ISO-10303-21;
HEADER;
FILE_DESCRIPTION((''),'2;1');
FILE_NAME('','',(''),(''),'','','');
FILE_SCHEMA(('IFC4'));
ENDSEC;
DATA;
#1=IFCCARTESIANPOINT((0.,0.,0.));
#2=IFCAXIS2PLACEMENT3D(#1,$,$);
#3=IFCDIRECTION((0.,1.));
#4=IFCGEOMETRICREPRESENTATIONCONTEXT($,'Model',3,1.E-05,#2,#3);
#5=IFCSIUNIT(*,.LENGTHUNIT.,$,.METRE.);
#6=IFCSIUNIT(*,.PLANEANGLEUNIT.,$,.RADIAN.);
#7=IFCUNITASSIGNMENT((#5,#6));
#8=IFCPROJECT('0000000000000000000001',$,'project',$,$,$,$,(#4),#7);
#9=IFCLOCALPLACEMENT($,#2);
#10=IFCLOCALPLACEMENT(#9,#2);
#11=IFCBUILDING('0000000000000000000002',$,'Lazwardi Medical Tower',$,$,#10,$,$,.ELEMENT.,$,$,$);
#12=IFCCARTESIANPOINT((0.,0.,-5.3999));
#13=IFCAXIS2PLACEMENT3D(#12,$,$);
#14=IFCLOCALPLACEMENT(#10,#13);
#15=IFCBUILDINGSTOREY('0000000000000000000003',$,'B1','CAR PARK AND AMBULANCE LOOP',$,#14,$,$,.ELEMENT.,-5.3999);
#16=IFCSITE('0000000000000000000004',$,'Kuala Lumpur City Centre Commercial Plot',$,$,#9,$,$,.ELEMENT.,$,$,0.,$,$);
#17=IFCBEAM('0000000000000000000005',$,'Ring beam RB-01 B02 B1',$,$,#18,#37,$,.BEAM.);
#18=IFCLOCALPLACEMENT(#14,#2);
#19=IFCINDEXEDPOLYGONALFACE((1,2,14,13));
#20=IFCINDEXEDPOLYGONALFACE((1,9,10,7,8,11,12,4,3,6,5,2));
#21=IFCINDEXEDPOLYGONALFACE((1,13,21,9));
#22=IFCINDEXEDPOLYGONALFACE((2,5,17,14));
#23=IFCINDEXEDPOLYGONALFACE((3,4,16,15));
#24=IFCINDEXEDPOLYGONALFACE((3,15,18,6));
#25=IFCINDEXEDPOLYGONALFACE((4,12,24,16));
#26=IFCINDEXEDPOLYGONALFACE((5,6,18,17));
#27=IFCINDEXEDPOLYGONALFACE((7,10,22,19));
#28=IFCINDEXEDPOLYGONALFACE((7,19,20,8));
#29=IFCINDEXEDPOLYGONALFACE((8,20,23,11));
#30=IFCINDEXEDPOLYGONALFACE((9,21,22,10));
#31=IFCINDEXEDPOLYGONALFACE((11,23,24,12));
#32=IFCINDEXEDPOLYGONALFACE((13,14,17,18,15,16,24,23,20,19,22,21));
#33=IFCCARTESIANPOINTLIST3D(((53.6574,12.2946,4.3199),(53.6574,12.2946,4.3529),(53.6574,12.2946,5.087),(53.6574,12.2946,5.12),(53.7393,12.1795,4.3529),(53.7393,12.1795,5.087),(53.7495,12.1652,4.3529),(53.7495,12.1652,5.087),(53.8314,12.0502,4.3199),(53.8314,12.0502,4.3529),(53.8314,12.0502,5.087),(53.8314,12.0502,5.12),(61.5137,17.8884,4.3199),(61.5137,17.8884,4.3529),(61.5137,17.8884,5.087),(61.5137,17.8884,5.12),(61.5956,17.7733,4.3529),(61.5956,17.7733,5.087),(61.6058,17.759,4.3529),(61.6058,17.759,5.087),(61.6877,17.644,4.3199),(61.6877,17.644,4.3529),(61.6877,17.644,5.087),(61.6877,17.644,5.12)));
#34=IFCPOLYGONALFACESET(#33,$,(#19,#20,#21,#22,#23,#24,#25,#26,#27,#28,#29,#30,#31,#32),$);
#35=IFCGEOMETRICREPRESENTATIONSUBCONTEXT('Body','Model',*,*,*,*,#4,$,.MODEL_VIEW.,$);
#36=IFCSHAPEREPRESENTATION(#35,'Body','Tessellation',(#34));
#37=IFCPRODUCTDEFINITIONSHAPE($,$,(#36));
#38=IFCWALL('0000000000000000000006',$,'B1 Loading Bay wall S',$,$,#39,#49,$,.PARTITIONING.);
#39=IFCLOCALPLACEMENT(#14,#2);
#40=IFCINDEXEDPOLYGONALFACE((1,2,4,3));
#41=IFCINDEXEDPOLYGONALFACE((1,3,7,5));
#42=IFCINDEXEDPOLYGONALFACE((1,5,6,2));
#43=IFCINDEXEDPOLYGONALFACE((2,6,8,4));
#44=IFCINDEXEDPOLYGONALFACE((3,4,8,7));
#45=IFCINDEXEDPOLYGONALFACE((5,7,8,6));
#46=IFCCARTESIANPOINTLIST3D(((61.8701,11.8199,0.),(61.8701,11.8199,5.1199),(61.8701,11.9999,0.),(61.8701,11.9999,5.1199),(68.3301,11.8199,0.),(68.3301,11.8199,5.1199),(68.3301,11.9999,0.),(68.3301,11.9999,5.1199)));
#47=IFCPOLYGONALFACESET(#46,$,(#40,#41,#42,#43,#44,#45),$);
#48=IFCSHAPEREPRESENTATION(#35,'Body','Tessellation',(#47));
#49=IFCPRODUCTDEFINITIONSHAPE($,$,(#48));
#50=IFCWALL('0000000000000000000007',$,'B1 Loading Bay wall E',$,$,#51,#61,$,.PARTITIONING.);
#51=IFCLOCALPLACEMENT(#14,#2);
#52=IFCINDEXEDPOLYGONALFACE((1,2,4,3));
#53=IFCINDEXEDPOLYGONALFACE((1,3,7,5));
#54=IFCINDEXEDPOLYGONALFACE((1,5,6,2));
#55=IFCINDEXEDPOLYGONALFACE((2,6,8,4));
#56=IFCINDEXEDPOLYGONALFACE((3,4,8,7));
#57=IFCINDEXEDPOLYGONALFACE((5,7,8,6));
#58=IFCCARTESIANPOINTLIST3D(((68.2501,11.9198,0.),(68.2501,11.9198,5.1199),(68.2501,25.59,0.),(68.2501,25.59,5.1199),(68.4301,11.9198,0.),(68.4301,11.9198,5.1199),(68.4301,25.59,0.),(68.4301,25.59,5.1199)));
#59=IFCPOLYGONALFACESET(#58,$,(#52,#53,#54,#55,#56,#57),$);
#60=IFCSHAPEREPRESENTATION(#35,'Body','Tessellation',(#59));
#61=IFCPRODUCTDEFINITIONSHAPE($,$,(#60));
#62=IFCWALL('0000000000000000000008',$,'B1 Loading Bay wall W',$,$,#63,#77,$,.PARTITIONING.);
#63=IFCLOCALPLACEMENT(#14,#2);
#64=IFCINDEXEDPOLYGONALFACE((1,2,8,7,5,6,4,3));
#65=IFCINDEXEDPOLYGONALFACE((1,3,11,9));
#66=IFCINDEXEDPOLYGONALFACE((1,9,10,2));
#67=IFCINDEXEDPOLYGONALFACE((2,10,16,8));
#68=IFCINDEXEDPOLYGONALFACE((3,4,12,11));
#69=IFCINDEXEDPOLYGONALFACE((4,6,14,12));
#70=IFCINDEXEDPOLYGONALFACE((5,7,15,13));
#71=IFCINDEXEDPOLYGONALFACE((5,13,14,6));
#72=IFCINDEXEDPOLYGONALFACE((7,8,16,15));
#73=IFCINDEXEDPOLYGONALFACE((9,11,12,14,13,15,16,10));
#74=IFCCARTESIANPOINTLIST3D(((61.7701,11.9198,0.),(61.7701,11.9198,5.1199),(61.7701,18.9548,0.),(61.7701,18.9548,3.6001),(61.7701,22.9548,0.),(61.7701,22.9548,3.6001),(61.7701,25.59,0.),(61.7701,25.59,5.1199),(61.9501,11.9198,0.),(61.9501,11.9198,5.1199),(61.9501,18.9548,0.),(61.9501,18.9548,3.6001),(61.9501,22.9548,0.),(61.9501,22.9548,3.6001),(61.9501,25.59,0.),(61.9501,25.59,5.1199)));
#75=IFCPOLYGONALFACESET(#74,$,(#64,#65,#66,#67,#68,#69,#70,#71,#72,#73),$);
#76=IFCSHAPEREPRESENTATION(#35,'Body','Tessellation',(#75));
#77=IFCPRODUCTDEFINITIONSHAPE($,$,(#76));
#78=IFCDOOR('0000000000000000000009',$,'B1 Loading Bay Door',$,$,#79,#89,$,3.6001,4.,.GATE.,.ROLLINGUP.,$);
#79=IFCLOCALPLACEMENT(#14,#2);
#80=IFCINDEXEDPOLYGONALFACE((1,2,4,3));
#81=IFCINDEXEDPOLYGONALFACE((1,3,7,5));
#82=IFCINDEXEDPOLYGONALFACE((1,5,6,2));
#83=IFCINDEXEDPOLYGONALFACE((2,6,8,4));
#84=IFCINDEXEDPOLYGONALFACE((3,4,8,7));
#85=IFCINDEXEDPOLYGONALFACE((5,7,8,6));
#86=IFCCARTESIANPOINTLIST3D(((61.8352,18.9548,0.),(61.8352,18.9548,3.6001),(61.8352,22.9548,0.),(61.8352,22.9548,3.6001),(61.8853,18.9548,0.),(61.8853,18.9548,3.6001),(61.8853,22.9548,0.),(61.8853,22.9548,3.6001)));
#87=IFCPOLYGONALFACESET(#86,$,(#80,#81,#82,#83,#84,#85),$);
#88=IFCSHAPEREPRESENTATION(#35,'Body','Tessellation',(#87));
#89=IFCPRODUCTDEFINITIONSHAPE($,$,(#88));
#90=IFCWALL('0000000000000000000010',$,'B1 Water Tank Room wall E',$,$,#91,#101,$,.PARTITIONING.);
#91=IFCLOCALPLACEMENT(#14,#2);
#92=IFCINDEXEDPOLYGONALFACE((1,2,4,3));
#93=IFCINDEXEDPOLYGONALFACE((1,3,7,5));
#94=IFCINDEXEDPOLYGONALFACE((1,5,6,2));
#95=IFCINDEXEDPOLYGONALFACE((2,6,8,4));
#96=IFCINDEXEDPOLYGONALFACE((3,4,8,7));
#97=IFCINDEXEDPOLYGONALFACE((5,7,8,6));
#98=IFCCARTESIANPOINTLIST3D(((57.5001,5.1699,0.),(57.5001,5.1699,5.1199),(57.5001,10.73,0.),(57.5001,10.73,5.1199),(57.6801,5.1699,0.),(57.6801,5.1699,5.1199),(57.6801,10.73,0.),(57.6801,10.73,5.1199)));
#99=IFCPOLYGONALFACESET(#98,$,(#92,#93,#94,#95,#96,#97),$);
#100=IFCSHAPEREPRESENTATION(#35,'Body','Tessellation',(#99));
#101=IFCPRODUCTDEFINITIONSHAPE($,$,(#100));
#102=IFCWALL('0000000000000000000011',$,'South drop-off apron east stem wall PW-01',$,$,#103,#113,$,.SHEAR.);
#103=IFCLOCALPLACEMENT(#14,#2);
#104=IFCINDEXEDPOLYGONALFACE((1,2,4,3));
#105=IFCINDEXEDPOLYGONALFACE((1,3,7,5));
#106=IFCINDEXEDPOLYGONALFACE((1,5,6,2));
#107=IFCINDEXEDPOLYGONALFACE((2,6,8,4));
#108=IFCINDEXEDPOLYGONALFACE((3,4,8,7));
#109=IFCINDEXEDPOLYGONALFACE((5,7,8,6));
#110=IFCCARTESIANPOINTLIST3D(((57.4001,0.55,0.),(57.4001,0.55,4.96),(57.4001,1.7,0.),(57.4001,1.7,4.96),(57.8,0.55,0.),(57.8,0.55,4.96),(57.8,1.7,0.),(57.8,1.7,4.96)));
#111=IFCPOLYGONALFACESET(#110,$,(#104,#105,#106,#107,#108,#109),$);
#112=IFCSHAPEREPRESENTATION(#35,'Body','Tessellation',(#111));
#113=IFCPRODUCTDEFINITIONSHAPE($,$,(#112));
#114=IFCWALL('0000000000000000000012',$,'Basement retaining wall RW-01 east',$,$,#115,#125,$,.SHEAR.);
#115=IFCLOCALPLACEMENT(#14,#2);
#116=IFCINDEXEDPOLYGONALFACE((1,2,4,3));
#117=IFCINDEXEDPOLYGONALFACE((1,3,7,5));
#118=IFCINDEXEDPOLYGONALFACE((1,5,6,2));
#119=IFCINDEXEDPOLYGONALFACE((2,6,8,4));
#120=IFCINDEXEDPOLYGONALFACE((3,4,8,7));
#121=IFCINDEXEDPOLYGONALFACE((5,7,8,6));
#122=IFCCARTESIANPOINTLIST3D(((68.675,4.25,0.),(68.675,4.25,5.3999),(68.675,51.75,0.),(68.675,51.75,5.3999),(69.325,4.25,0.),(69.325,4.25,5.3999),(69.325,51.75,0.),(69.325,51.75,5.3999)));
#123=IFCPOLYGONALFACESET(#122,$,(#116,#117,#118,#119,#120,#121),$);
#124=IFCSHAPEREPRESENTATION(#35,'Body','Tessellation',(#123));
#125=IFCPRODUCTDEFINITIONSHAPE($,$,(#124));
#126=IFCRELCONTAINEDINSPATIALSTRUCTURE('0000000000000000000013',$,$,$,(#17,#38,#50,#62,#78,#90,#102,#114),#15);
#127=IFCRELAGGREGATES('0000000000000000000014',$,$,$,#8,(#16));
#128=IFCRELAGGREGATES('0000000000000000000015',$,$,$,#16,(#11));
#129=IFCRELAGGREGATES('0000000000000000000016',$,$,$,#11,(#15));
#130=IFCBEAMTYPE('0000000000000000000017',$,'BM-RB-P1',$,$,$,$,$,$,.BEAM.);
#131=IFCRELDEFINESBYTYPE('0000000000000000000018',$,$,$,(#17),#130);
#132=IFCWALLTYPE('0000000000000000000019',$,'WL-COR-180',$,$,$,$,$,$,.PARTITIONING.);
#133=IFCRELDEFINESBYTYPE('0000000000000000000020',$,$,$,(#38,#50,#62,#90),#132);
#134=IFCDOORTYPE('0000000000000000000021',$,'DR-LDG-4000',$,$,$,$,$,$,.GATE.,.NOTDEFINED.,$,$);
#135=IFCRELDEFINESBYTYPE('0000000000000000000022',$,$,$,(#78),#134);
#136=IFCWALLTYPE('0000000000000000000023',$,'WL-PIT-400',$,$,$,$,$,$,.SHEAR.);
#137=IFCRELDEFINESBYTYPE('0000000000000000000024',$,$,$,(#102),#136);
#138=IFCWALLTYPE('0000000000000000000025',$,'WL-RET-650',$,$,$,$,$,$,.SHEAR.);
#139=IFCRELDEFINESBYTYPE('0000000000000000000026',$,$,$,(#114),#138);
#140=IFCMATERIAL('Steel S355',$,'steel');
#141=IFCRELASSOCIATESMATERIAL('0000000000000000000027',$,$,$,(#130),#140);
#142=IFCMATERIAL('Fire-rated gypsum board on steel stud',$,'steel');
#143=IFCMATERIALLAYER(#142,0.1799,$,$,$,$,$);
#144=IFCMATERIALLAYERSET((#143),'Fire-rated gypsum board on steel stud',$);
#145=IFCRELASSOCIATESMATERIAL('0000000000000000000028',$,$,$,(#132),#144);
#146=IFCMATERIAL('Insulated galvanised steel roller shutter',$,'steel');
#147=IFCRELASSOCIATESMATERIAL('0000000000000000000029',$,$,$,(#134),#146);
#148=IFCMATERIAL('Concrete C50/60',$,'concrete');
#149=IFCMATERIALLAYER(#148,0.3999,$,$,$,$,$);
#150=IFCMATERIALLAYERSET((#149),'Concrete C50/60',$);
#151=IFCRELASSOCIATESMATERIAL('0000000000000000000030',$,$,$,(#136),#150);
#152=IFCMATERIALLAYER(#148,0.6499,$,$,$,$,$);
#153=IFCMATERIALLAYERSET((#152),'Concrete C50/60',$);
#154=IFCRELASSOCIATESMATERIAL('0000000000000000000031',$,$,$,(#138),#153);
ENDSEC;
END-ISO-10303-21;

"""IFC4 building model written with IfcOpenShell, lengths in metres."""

from ifc_helpers import new_model, si_unit, direction, frame, frame_2d, origin, origin_2d, place, context, subcontext, project, spatial, rectangle, i_section, extrude, material, layer, layer_set, material_profile, profile_set, type_object, element, fill, save


model = new_model("IFC4")

# Units and contexts
model_context = context("Model", 3, precision=1e-05, world=origin(), true_north=direction((0.0, 1.0)))
body_context = subcontext(model_context, "Body", "Model", "MODEL_VIEW")
ifc_project = project(units=[si_unit("LENGTHUNIT", "METRE"), si_unit("PLANEANGLEUNIT", "RADIAN")], contexts=[model_context])

# Site, building, storey
site_placement = place(None, origin())
site = spatial("IfcSite", under=ifc_project, at=site_placement, Name="Kuala Lumpur City Centre Commercial Plot", CompositionType="ELEMENT", RefElevation=0.0)
building_placement = place(site_placement, origin())
building = spatial("IfcBuilding", under=site, at=building_placement, Name="Lazwardi Medical Tower", CompositionType="ELEMENT")
storey_placement = place(building_placement, frame((0.0, 0.0, -5.3999)))
storey = spatial("IfcBuildingStorey", under=building, at=storey_placement, Name="B1", Description="CAR PARK AND AMBULANCE LOOP", CompositionType="ELEMENT", Elevation=-5.3999)

# Shared definitions
ifc_material_1 = material(Name="Concrete C50/60", Category="concrete")

# Beam
ifc_material_2 = material(Name="Steel S355", Category="steel")
ifc_material_profile_1 = material_profile(ifc_material_2, i_section(OverallWidth=0.3, OverallDepth=0.8, WebThickness=0.0176, FlangeThickness=0.033, at=origin_2d()), Name="HEB 800")
ifc_profile_set_1 = profile_set([ifc_material_profile_1], Name="Steel S355")
beam_type = type_object("IfcBeamType", Name="BM-RB-P1", PredefinedType="BEAM", material=ifc_profile_set_1)
beam_placement = place(storey_placement, frame((53.7444, 12.1724, 4.72), z_axis=(0.814607, 0.580014, 0.0), x_axis=(-0.580014, 0.814607, 0.0)))
element("IfcBeam", 1, at=beam_placement, inside=storey, type_object=beam_type, Name="Ring beam RB-01 B02 B1", PredefinedType="BEAM", context=body_context, shape_type="SweptSolid", body=[
    extrude(i_section(OverallWidth=0.3, OverallDepth=0.8, WebThickness=0.0176, FlangeThickness=0.033, at=origin_2d()), origin(), (0.0, 0.0, 1.0), 9.6443),
])

# Walls
ifc_material_3 = material(Name="Fire-rated gypsum board on steel stud", Category="steel")
ifc_layer_1 = layer(ifc_material_3, 0.1799)
ifc_layer_set_1 = layer_set([ifc_layer_1], Name="Fire-rated gypsum board on steel stud")
wall_type_1 = type_object("IfcWallType", Name="WL-COR-180", PredefinedType="PARTITIONING", material=ifc_layer_set_1)
wall_1_placement = place(storey_placement, frame((61.8701, 11.9099, 0.0), z_axis=(0.0, 0.0, 1.0), x_axis=(1.0, 0.0, 0.0)))
element("IfcWall", 2, at=wall_1_placement, inside=storey, type_object=wall_type_1, Name="B1 Loading Bay wall S", PredefinedType="PARTITIONING", context=body_context, shape_type="SweptSolid", body=[
    extrude(rectangle(XDim=6.46, YDim=0.1799, at=frame_2d((3.23, 0.0))), origin(), (0.0, 0.0, 1.0), 5.1199),
])
wall_2_placement = place(storey_placement, frame((68.3401, 11.9199, 0.0), z_axis=(0.0, 0.0, 1.0), x_axis=(0.0, 1.0, 0.0)))
element("IfcWall", 3, at=wall_2_placement, inside=storey, type_object=wall_type_1, Name="B1 Loading Bay wall E", PredefinedType="PARTITIONING", context=body_context, shape_type="SweptSolid", body=[
    extrude(rectangle(XDim=13.6702, YDim=0.1799, at=frame_2d((6.835, 0.0))), origin(), (0.0, 0.0, 1.0), 5.1199),
])

# Wall, opening, door
wall_3_placement = place(storey_placement, frame((61.8601, 11.9199, 0.0), z_axis=(0.0, 0.0, 1.0), x_axis=(0.0, 1.0, 0.0)))
wall_3 = element("IfcWall", 4, at=wall_3_placement, inside=storey, type_object=wall_type_1, Name="B1 Loading Bay wall W", PredefinedType="PARTITIONING", context=body_context, shape_type="SweptSolid", body=[
    extrude(rectangle(XDim=13.6702, YDim=0.1799, at=frame_2d((6.835, 0.0))), origin(), (0.0, 0.0, 1.0), 5.1199),
])
opening_placement = place(wall_3_placement, frame((7.0349, 0.0, 0.0)))
opening = element("IfcOpeningElement", 5, at=opening_placement, cuts=wall_3, PredefinedType="OPENING", context=body_context, shape_type="SweptSolid", body=[
    extrude(rectangle(XDim=4.0, YDim=3.6001, at=frame_2d((2.0, 1.8))), frame((0.0, 0.0999, 0.0), z_axis=(0.0, -1.0, 0.0), x_axis=(1.0, 0.0, 0.0)), (0.0, 0.0, 1.0), 0.2),
])
ifc_material_4 = material(Name="Insulated galvanised steel roller shutter", Category="steel")
door_type = type_object("IfcDoorType", Name="DR-LDG-4000", OperationType="NOTDEFINED", PredefinedType="GATE", material=ifc_material_4)
door_placement = place(opening_placement, origin())
door = element("IfcDoor", 6, at=door_placement, inside=storey, type_object=door_type, Name="B1 Loading Bay Door", OperationType="ROLLINGUP", OverallHeight=3.6001, OverallWidth=4.0, PredefinedType="GATE", context=body_context, shape_type="SweptSolid", body=[
    extrude(rectangle(XDim=4.0, YDim=3.6001, at=frame_2d((2.0, 1.8))), frame((0.0, 0.0249, 0.0), z_axis=(0.0, -1.0, 0.0), x_axis=(1.0, 0.0, 0.0)), (0.0, 0.0, 1.0), 0.05),
])
fill(opening, door)

# Walls
wall_4_placement = place(storey_placement, frame((57.5901, 5.1699, 0.0), z_axis=(0.0, 0.0, 1.0), x_axis=(0.0, 1.0, 0.0)))
element("IfcWall", 7, at=wall_4_placement, inside=storey, type_object=wall_type_1, Name="B1 Water Tank Room wall E", PredefinedType="PARTITIONING", context=body_context, shape_type="SweptSolid", body=[
    extrude(rectangle(XDim=5.5601, YDim=0.1799, at=frame_2d((2.78, 0.0))), origin(), (0.0, 0.0, 1.0), 5.1199),
])
ifc_layer_2 = layer(ifc_material_1, 0.3999)
ifc_layer_set_2 = layer_set([ifc_layer_2], Name="Concrete C50/60")
wall_type_2 = type_object("IfcWallType", Name="WL-PIT-400", PredefinedType="SHEAR", material=ifc_layer_set_2)
wall_5_placement = place(storey_placement, frame((57.6001, 0.55, 0.0), z_axis=(0.0, 0.0, 1.0), x_axis=(0.0, 1.0, 0.0)))
element("IfcWall", 8, at=wall_5_placement, inside=storey, type_object=wall_type_2, Name="South drop-off apron east stem wall PW-01", PredefinedType="SHEAR", context=body_context, shape_type="SweptSolid", body=[
    extrude(rectangle(XDim=1.1499, YDim=0.3999, at=frame_2d((0.575, 0.0))), origin(), (0.0, 0.0, 1.0), 4.96),
])
ifc_layer_3 = layer(ifc_material_1, 0.6499)
ifc_layer_set_3 = layer_set([ifc_layer_3], Name="Concrete C50/60")
wall_type_3 = type_object("IfcWallType", Name="WL-RET-650", PredefinedType="SHEAR", material=ifc_layer_set_3)
wall_6_placement = place(storey_placement, frame((69.0, 4.25, 0.0), z_axis=(0.0, 0.0, 1.0), x_axis=(0.0, 1.0, 0.0)))
element("IfcWall", 9, at=wall_6_placement, inside=storey, type_object=wall_type_3, Name="Basement retaining wall RW-01 east", PredefinedType="SHEAR", context=body_context, shape_type="SweptSolid", body=[
    extrude(rectangle(XDim=47.5, YDim=0.6499, at=frame_2d((23.75, 0.0))), origin(), (0.0, 0.0, 1.0), 5.3999),
])

save(model, "model.ifc")
